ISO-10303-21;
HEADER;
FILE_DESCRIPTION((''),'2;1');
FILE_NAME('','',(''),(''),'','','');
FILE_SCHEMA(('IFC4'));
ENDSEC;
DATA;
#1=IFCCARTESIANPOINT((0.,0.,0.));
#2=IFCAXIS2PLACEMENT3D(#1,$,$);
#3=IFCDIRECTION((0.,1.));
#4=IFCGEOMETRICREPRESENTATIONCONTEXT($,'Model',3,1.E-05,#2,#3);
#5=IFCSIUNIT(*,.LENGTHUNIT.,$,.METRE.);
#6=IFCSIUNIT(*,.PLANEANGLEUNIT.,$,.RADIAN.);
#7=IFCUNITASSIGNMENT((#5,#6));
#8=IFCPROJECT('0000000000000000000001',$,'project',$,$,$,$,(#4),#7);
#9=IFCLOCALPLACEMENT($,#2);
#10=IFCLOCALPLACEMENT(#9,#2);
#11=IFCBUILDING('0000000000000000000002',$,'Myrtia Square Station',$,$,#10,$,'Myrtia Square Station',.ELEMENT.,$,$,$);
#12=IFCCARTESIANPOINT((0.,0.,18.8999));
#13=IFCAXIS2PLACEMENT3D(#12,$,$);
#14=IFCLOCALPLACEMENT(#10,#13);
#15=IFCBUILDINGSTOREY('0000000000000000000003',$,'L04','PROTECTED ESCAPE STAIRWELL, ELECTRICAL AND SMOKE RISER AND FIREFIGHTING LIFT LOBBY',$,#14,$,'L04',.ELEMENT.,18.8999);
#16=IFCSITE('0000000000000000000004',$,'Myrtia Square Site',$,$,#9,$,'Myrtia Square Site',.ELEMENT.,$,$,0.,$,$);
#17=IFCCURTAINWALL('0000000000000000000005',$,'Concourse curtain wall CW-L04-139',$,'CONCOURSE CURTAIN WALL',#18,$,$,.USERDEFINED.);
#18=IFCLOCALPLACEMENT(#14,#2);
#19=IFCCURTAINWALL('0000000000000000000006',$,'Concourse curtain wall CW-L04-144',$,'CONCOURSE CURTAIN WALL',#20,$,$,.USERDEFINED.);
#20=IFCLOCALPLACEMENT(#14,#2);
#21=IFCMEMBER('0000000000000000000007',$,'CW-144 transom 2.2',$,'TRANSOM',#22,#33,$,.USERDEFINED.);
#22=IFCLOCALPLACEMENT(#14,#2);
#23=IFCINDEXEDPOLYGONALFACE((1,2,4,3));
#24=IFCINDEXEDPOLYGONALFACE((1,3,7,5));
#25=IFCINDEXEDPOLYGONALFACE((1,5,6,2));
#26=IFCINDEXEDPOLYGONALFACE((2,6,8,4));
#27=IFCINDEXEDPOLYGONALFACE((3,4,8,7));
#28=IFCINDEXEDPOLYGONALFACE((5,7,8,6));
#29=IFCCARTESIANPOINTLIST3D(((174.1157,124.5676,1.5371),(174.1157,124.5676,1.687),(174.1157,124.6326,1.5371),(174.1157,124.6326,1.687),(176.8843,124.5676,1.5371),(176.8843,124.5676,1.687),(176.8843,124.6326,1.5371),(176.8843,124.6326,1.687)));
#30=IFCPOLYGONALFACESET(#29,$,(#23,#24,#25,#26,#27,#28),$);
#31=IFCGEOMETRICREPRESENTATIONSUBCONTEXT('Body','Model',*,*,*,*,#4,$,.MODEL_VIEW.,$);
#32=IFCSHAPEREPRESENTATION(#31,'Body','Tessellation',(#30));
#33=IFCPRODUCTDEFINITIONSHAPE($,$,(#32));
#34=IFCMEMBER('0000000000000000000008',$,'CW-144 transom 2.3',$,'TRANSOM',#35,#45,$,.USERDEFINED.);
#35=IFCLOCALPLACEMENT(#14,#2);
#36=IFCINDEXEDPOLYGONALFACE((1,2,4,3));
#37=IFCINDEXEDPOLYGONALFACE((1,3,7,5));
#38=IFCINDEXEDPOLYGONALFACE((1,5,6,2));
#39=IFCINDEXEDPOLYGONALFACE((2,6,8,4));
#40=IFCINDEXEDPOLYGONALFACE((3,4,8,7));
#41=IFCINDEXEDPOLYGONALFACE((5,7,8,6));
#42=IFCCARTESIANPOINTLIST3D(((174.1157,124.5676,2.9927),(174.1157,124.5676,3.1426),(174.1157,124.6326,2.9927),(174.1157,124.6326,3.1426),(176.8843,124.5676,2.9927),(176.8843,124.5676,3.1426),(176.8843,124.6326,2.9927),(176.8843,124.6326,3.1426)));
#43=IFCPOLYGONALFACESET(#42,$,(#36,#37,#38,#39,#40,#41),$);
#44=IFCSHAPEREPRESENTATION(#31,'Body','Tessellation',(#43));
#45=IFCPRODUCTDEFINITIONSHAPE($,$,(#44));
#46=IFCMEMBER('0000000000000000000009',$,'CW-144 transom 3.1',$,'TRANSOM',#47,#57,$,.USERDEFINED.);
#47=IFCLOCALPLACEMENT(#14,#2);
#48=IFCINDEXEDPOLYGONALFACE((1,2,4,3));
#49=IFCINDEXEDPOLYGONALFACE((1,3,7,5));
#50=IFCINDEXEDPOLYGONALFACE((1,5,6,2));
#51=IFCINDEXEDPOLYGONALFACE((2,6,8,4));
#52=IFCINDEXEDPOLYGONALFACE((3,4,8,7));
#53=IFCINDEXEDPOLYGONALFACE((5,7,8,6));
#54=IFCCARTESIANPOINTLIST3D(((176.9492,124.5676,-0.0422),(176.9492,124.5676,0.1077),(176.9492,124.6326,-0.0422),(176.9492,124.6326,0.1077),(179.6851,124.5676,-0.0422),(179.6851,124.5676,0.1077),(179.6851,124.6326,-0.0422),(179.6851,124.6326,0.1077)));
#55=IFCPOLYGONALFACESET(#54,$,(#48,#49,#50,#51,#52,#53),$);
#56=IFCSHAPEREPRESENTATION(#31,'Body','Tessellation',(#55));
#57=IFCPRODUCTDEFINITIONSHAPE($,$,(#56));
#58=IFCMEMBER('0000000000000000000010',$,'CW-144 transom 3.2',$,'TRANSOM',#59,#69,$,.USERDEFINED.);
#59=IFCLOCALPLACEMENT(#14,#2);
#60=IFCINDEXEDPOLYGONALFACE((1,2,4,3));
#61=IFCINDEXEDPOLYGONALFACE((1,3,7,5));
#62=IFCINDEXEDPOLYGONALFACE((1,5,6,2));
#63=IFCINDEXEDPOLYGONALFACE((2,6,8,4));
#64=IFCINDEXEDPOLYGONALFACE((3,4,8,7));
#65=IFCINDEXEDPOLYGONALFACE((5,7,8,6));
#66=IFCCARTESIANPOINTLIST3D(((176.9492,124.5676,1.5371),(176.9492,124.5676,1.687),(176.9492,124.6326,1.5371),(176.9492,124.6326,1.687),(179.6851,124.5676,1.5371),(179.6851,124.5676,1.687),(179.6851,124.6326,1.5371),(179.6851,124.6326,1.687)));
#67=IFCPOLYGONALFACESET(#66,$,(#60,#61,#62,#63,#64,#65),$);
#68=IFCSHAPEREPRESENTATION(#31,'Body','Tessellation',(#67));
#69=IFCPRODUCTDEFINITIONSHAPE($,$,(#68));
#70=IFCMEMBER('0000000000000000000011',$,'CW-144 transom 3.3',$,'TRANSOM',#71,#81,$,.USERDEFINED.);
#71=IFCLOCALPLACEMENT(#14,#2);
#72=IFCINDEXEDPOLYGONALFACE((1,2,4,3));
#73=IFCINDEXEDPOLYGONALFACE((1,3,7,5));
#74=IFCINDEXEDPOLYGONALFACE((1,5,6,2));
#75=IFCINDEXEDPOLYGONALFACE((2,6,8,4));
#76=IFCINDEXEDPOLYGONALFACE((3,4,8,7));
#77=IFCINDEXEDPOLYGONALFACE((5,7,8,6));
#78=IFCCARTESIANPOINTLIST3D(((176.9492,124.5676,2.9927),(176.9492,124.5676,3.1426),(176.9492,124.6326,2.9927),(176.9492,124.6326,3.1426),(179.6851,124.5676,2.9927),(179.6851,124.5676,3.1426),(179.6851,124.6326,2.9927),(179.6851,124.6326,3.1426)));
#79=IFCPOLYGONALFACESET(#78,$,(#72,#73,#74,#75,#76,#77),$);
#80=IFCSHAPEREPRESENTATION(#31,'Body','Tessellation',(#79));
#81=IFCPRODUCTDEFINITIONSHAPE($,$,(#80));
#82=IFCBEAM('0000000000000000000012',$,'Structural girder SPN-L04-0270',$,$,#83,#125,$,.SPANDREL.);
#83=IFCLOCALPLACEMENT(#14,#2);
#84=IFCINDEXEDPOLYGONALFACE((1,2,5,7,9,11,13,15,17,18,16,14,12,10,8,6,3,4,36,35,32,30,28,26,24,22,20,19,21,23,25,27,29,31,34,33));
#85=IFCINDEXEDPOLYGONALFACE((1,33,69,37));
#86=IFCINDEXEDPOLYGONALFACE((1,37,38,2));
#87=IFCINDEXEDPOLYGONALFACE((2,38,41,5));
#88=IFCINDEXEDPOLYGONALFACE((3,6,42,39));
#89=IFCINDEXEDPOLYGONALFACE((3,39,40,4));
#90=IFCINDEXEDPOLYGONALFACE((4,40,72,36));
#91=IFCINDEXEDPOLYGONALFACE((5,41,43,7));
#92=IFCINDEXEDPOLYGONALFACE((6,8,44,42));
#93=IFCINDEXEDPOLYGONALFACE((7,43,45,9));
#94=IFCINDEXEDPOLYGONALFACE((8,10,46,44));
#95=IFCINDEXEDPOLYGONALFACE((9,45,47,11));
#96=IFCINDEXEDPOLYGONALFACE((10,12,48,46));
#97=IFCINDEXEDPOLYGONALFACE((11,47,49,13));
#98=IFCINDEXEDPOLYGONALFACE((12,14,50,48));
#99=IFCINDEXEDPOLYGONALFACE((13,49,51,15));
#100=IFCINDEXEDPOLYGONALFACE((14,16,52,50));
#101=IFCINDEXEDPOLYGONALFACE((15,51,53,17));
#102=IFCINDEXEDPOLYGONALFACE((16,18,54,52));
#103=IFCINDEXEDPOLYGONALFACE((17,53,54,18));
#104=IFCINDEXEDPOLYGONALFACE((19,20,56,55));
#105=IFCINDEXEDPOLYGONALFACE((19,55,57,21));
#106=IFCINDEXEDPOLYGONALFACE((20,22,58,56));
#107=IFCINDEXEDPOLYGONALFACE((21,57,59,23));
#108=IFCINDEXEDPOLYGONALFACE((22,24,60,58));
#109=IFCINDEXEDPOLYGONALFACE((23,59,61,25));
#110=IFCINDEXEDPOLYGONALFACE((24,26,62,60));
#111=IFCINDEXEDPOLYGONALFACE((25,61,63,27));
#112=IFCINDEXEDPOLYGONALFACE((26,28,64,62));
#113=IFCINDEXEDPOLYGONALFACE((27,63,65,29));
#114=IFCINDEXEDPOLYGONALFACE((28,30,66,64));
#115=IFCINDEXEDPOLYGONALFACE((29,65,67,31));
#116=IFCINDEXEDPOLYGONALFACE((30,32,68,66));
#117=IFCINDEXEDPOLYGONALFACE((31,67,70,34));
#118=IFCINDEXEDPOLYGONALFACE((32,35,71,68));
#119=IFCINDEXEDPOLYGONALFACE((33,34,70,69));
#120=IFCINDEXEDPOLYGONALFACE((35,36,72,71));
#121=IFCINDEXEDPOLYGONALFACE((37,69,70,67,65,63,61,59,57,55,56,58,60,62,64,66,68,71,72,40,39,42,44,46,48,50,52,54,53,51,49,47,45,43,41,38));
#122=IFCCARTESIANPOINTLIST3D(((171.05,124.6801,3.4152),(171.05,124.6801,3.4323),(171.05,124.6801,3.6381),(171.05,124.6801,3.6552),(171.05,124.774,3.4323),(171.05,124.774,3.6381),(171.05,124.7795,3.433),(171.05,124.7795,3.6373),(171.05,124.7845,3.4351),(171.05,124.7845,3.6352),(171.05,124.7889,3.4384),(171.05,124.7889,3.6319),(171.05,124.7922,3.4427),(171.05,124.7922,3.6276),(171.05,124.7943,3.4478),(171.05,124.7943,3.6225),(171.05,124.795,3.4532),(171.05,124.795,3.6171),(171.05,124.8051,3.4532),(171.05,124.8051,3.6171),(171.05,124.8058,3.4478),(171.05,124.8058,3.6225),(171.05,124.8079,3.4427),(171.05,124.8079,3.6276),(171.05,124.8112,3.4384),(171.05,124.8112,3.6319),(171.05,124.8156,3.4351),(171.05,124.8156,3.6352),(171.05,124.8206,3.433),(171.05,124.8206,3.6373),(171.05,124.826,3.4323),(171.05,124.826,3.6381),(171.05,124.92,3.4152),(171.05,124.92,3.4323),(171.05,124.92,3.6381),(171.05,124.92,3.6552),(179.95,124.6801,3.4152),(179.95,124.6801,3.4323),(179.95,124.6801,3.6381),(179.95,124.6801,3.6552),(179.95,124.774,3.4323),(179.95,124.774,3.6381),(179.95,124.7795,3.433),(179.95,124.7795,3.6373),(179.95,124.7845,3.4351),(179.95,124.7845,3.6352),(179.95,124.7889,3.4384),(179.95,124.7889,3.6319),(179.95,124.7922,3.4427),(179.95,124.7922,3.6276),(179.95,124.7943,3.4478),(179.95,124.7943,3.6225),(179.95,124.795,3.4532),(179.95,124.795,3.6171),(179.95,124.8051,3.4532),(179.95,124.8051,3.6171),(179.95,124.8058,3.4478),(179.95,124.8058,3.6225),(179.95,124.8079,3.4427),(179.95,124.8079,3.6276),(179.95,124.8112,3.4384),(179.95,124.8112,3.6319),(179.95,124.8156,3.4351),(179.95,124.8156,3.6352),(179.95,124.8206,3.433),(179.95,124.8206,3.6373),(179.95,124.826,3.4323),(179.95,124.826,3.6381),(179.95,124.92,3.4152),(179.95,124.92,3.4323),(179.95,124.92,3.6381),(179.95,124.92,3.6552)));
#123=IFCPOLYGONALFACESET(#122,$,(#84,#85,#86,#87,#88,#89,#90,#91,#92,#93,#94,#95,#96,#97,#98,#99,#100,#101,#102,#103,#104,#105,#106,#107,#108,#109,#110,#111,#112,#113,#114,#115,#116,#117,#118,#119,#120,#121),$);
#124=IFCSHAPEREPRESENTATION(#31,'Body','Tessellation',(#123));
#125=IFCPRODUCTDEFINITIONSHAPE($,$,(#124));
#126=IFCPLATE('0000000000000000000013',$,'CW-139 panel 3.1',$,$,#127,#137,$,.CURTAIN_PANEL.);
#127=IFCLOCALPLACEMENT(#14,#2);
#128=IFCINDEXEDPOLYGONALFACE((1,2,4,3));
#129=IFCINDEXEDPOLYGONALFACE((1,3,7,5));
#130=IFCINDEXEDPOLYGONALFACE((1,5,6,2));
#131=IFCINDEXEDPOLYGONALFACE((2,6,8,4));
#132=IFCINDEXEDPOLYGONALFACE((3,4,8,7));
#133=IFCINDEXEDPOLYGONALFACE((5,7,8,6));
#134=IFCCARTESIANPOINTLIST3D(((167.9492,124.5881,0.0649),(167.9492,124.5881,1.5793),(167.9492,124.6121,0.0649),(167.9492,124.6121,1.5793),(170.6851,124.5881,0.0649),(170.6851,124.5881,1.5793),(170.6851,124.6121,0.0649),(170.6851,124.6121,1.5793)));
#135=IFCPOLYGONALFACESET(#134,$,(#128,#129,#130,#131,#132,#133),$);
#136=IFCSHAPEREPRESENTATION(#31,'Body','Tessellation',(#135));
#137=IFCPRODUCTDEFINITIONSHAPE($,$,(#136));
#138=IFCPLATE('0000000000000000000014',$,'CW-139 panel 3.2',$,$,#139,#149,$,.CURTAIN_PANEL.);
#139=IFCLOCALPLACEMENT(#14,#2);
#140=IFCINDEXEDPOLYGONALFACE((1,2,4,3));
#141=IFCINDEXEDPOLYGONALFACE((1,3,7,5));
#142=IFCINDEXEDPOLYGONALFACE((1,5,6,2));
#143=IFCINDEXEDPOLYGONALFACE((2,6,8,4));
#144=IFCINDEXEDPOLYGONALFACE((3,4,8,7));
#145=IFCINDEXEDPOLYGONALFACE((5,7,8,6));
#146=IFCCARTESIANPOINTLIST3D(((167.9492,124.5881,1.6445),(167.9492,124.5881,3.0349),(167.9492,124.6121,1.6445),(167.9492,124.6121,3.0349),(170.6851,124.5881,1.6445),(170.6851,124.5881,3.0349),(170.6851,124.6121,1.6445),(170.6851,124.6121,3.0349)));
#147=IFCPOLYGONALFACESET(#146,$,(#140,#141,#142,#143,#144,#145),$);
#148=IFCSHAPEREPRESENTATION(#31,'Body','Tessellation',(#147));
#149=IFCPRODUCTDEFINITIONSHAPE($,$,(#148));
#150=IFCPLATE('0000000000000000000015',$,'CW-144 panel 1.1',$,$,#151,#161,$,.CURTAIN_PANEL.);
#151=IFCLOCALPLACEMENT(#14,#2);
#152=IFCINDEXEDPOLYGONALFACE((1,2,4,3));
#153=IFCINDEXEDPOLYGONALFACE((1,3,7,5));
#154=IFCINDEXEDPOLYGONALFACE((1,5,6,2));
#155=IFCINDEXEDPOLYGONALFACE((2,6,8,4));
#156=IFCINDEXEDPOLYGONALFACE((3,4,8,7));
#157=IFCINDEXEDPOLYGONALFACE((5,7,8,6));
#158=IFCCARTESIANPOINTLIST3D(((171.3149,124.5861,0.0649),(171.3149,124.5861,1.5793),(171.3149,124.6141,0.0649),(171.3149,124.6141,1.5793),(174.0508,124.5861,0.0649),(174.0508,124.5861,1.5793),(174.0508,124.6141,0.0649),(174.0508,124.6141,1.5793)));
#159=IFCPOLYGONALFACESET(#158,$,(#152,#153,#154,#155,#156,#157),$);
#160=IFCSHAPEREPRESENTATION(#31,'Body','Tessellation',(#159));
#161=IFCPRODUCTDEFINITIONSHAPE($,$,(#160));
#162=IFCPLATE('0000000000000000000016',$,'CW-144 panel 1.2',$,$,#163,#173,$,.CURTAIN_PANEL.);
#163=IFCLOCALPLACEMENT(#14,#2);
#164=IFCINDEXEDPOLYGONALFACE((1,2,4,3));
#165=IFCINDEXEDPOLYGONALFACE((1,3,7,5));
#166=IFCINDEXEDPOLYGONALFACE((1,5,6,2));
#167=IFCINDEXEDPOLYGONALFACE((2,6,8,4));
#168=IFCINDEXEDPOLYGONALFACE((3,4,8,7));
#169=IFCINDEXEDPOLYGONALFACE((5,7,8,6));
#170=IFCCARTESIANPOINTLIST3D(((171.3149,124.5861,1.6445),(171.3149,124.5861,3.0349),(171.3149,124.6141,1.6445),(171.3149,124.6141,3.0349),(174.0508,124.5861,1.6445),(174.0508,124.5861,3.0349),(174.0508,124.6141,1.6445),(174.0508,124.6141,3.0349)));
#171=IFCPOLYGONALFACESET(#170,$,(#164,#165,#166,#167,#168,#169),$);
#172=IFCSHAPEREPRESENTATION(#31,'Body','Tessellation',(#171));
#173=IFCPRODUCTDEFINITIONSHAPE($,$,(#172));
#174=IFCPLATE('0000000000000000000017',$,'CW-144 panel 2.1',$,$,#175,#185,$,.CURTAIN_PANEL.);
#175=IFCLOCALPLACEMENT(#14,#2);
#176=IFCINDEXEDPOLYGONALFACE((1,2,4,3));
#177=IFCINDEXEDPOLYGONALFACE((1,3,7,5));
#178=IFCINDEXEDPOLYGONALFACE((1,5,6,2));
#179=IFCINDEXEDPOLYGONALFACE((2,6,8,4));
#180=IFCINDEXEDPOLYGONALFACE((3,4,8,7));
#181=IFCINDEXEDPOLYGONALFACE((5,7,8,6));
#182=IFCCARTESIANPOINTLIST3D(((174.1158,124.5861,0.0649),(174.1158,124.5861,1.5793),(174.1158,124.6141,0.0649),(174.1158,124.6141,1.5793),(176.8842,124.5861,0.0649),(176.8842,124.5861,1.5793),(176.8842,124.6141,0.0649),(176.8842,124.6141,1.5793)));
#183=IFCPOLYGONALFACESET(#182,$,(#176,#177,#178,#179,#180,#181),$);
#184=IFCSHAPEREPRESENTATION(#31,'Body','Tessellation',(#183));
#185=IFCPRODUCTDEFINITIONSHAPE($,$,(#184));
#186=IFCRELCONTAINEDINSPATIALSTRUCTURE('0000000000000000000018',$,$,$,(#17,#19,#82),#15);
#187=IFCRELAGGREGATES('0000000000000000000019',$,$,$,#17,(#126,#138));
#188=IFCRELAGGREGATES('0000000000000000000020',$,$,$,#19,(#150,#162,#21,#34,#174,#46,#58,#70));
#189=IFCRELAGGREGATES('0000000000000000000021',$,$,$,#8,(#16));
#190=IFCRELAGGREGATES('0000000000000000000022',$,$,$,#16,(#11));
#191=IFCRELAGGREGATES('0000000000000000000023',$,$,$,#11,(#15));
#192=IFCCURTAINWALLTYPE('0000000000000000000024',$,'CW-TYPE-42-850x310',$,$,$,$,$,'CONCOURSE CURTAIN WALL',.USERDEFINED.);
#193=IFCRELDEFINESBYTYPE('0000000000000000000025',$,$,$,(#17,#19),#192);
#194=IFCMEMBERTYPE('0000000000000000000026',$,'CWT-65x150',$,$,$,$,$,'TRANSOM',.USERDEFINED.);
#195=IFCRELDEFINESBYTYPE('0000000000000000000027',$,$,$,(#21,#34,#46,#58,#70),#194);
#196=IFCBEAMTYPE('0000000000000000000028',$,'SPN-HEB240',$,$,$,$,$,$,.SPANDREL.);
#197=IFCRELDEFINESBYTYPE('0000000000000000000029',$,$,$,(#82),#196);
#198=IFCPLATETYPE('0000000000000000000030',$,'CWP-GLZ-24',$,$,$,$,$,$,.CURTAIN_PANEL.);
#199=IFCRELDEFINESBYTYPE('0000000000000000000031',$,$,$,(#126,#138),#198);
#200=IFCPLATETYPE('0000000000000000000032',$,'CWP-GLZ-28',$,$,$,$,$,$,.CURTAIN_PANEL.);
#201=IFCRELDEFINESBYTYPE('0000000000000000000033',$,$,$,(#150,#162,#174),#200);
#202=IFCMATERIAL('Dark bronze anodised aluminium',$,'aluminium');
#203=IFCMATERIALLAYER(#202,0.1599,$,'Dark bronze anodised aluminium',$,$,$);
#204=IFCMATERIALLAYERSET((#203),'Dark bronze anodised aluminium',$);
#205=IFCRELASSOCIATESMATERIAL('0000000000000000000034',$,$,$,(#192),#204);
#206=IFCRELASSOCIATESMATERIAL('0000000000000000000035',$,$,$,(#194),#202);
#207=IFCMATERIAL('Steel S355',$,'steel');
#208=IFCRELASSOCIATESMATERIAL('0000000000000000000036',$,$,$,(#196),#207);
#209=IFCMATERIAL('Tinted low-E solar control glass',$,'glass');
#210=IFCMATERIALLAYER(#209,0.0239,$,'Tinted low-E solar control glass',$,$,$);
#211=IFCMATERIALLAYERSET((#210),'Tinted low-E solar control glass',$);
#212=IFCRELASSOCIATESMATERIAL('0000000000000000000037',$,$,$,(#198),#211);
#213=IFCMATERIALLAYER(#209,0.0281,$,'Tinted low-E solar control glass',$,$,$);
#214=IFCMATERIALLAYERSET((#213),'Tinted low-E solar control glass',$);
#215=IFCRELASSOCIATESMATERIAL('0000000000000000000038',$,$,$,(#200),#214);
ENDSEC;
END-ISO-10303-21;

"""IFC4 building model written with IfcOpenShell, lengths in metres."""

from ifc_helpers import new_model, si_unit, direction, frame, origin, origin_2d, place, context, subcontext, project, spatial, rectangle, i_section, extrude, material, layer, layer_set, material_profile, profile_set, type_object, element, aggregate, save


model = new_model("IFC4")

# Units and contexts
model_context = context("Model", 3, precision=1e-05, world=origin(), true_north=direction((0.0, 1.0)))
body_context = subcontext(model_context, "Body", "Model", "MODEL_VIEW")
ifc_project = project(units=[si_unit("LENGTHUNIT", "METRE"), si_unit("PLANEANGLEUNIT", "RADIAN")], contexts=[model_context])

# Site, building, storey
site_placement = place(None, origin())
site = spatial("IfcSite", under=ifc_project, at=site_placement, Name="Myrtia Square Site", LongName="Myrtia Square Site", CompositionType="ELEMENT", RefElevation=0.0)
building_placement = place(site_placement, origin())
building = spatial("IfcBuilding", under=site, at=building_placement, Name="Myrtia Square Station", LongName="Myrtia Square Station", CompositionType="ELEMENT")
storey_placement = place(building_placement, frame((0.0, 0.0, 18.8999)))
storey = spatial("IfcBuildingStorey", under=building, at=storey_placement, Name="L04", Description="PROTECTED ESCAPE STAIRWELL, ELECTRICAL AND SMOKE RISER AND FIREFIGHTING LIFT LOBBY", LongName="L04", CompositionType="ELEMENT", Elevation=18.8999)

# Shared definitions
ifc_material_1 = material(Name="Steel S355", Category="steel")

# Curtain wall
ifc_material_2 = material(Name="Dark bronze anodised aluminium", Category="aluminium")
ifc_layer_1 = layer(ifc_material_2, 0.1599, Name="Dark bronze anodised aluminium")
ifc_layer_set_1 = layer_set([ifc_layer_1], Name="Dark bronze anodised aluminium")
curtain_wall_type = type_object("IfcCurtainWallType", Name="CW-TYPE-42-850x310", ElementType="CONCOURSE CURTAIN WALL", PredefinedType="USERDEFINED", material=ifc_layer_set_1)
curtain_wall_1_placement = place(storey_placement, origin())
curtain_wall_1 = element("IfcCurtainWall", 1, at=curtain_wall_1_placement, inside=storey, type_object=curtain_wall_type, Name="Concourse curtain wall CW-L04-139", ObjectType="CONCOURSE CURTAIN WALL", PredefinedType="USERDEFINED")

# Curtain wall
curtain_wall_2_placement = place(storey_placement, origin())
curtain_wall_2 = element("IfcCurtainWall", 2, at=curtain_wall_2_placement, inside=storey, type_object=curtain_wall_type, Name="Concourse curtain wall CW-L04-144", ObjectType="CONCOURSE CURTAIN WALL", PredefinedType="USERDEFINED")

# Members
ifc_material_profile_1 = material_profile(ifc_material_2, rectangle(XDim=0.0649, YDim=0.1499, at=origin_2d()), Name="ALU-T 65x150")
ifc_profile_set_1 = profile_set([ifc_material_profile_1], Name="Dark bronze anodised aluminium")
member_type_1 = type_object("IfcMemberType", Name="CWT-65x150", ElementType="TRANSOM", PredefinedType="USERDEFINED", material=ifc_profile_set_1)
member_1_placement = place(storey_placement, frame((174.1157, 124.6001, 1.6121), z_axis=(1.0, 0.0, 0.0), x_axis=(0.0, 1.0, 0.0)))
member_1 = element("IfcMember", 3, at=member_1_placement, type_object=member_type_1, Name="CW-144 transom 2.2", ObjectType="TRANSOM", PredefinedType="USERDEFINED", context=body_context, shape_type="SweptSolid", body=[
    extrude(rectangle(XDim=0.0649, YDim=0.1499, at=origin_2d()), origin(), (0.0, 0.0, 1.0), 2.7686),
])
member_2_placement = place(storey_placement, frame((174.1157, 124.6001, 3.0676), z_axis=(1.0, 0.0, 0.0), x_axis=(0.0, 1.0, 0.0)))
member_2 = element("IfcMember", 4, at=member_2_placement, type_object=member_type_1, Name="CW-144 transom 2.3", ObjectType="TRANSOM", PredefinedType="USERDEFINED", context=body_context, shape_type="SweptSolid", body=[
    extrude(rectangle(XDim=0.0649, YDim=0.1499, at=origin_2d()), origin(), (0.0, 0.0, 1.0), 2.7686),
])
member_3_placement = place(storey_placement, frame((176.9492, 124.6001, 0.0327), z_axis=(1.0, 0.0, 0.0), x_axis=(0.0, 1.0, 0.0)))
member_3 = element("IfcMember", 5, at=member_3_placement, type_object=member_type_1, Name="CW-144 transom 3.1", ObjectType="TRANSOM", PredefinedType="USERDEFINED", context=body_context, shape_type="SweptSolid", body=[
    extrude(rectangle(XDim=0.0649, YDim=0.1499, at=origin_2d()), origin(), (0.0, 0.0, 1.0), 2.7358),
])
member_4_placement = place(storey_placement, frame((176.9492, 124.6001, 1.6121), z_axis=(1.0, 0.0, 0.0), x_axis=(0.0, 1.0, 0.0)))
member_4 = element("IfcMember", 6, at=member_4_placement, type_object=member_type_1, Name="CW-144 transom 3.2", ObjectType="TRANSOM", PredefinedType="USERDEFINED", context=body_context, shape_type="SweptSolid", body=[
    extrude(rectangle(XDim=0.0649, YDim=0.1499, at=origin_2d()), origin(), (0.0, 0.0, 1.0), 2.7358),
])
member_5_placement = place(storey_placement, frame((176.9492, 124.6001, 3.0676), z_axis=(1.0, 0.0, 0.0), x_axis=(0.0, 1.0, 0.0)))
member_5 = element("IfcMember", 7, at=member_5_placement, type_object=member_type_1, Name="CW-144 transom 3.3", ObjectType="TRANSOM", PredefinedType="USERDEFINED", context=body_context, shape_type="SweptSolid", body=[
    extrude(rectangle(XDim=0.0649, YDim=0.1499, at=origin_2d()), origin(), (0.0, 0.0, 1.0), 2.7358),
])

# Beam
ifc_material_profile_2 = material_profile(ifc_material_1, i_section(OverallWidth=0.24, OverallDepth=0.24, WebThickness=0.01, FlangeThickness=0.0171, FilletRadius=0.021, at=origin_2d()), Name="HEB 240")
ifc_profile_set_2 = profile_set([ifc_material_profile_2], Name="Steel S355")
beam_type_1 = type_object("IfcBeamType", Name="SPN-HEB240", PredefinedType="SPANDREL", material=ifc_profile_set_2)
beam_1_placement = place(storey_placement, frame((171.05, 124.8, 3.5352), z_axis=(1.0, 0.0, 0.0), x_axis=(0.0, 1.0, 0.0)))
element("IfcBeam", 8, at=beam_1_placement, inside=storey, type_object=beam_type_1, Name="Structural girder SPN-L04-0270", PredefinedType="SPANDREL", context=body_context, shape_type="SweptSolid", body=[
    extrude(i_section(OverallWidth=0.24, OverallDepth=0.24, WebThickness=0.01, FlangeThickness=0.0171, FilletRadius=0.021, at=origin_2d()), origin(), (0.0, 0.0, 1.0), 8.8999),
])

# Plates
ifc_material_3 = material(Name="Tinted low-E solar control glass", Category="glass")
ifc_layer_2 = layer(ifc_material_3, 0.0239, Name="Tinted low-E solar control glass")
ifc_layer_set_2 = layer_set([ifc_layer_2], Name="Tinted low-E solar control glass")
plate_type_1 = type_object("IfcPlateType", Name="CWP-GLZ-24", PredefinedType="CURTAIN_PANEL", material=ifc_layer_set_2)
plate_1_placement = place(storey_placement, frame((169.3171, 124.6001, 0.0649), z_axis=(0.0, 0.0, 1.0), x_axis=(1.0, 0.0, 0.0)))
plate_1 = element("IfcPlate", 9, at=plate_1_placement, type_object=plate_type_1, Name="CW-139 panel 3.1", PredefinedType="CURTAIN_PANEL", context=body_context, shape_type="SweptSolid", body=[
    extrude(rectangle(XDim=2.7358, YDim=0.0239, at=origin_2d()), origin(), (0.0, 0.0, 1.0), 1.5144),
])
plate_2_placement = place(storey_placement, frame((169.3171, 124.6001, 1.6445), z_axis=(0.0, 0.0, 1.0), x_axis=(1.0, 0.0, 0.0)))
plate_2 = element("IfcPlate", 10, at=plate_2_placement, type_object=plate_type_1, Name="CW-139 panel 3.2", PredefinedType="CURTAIN_PANEL", context=body_context, shape_type="SweptSolid", body=[
    extrude(rectangle(XDim=2.7358, YDim=0.0239, at=origin_2d()), origin(), (0.0, 0.0, 1.0), 1.3904),
])
aggregate(curtain_wall_1, [plate_1, plate_2])
ifc_layer_3 = layer(ifc_material_3, 0.0281, Name="Tinted low-E solar control glass")
ifc_layer_set_3 = layer_set([ifc_layer_3], Name="Tinted low-E solar control glass")
plate_type_2 = type_object("IfcPlateType", Name="CWP-GLZ-28", PredefinedType="CURTAIN_PANEL", material=ifc_layer_set_3)
plate_3_placement = place(storey_placement, frame((172.6829, 124.6001, 0.0649), z_axis=(0.0, 0.0, 1.0), x_axis=(1.0, 0.0, 0.0)))
plate_3 = element("IfcPlate", 11, at=plate_3_placement, type_object=plate_type_2, Name="CW-144 panel 1.1", PredefinedType="CURTAIN_PANEL", context=body_context, shape_type="SweptSolid", body=[
    extrude(rectangle(XDim=2.7358, YDim=0.0281, at=origin_2d()), origin(), (0.0, 0.0, 1.0), 1.5144),
])
plate_4_placement = place(storey_placement, frame((172.6829, 124.6001, 1.6445), z_axis=(0.0, 0.0, 1.0), x_axis=(1.0, 0.0, 0.0)))
plate_4 = element("IfcPlate", 12, at=plate_4_placement, type_object=plate_type_2, Name="CW-144 panel 1.2", PredefinedType="CURTAIN_PANEL", context=body_context, shape_type="SweptSolid", body=[
    extrude(rectangle(XDim=2.7358, YDim=0.0281, at=origin_2d()), origin(), (0.0, 0.0, 1.0), 1.3904),
])
plate_5_placement = place(storey_placement, frame((175.5, 124.6001, 0.0649), z_axis=(0.0, 0.0, 1.0), x_axis=(1.0, 0.0, 0.0)))
plate_5 = element("IfcPlate", 13, at=plate_5_placement, type_object=plate_type_2, Name="CW-144 panel 2.1", PredefinedType="CURTAIN_PANEL", context=body_context, shape_type="SweptSolid", body=[
    extrude(rectangle(XDim=2.7683, YDim=0.0281, at=origin_2d()), origin(), (0.0, 0.0, 1.0), 1.5144),
])
aggregate(curtain_wall_2, [plate_3, plate_4, member_1, member_2, plate_5, member_3, member_4, member_5])

save(model, "model.ifc")
